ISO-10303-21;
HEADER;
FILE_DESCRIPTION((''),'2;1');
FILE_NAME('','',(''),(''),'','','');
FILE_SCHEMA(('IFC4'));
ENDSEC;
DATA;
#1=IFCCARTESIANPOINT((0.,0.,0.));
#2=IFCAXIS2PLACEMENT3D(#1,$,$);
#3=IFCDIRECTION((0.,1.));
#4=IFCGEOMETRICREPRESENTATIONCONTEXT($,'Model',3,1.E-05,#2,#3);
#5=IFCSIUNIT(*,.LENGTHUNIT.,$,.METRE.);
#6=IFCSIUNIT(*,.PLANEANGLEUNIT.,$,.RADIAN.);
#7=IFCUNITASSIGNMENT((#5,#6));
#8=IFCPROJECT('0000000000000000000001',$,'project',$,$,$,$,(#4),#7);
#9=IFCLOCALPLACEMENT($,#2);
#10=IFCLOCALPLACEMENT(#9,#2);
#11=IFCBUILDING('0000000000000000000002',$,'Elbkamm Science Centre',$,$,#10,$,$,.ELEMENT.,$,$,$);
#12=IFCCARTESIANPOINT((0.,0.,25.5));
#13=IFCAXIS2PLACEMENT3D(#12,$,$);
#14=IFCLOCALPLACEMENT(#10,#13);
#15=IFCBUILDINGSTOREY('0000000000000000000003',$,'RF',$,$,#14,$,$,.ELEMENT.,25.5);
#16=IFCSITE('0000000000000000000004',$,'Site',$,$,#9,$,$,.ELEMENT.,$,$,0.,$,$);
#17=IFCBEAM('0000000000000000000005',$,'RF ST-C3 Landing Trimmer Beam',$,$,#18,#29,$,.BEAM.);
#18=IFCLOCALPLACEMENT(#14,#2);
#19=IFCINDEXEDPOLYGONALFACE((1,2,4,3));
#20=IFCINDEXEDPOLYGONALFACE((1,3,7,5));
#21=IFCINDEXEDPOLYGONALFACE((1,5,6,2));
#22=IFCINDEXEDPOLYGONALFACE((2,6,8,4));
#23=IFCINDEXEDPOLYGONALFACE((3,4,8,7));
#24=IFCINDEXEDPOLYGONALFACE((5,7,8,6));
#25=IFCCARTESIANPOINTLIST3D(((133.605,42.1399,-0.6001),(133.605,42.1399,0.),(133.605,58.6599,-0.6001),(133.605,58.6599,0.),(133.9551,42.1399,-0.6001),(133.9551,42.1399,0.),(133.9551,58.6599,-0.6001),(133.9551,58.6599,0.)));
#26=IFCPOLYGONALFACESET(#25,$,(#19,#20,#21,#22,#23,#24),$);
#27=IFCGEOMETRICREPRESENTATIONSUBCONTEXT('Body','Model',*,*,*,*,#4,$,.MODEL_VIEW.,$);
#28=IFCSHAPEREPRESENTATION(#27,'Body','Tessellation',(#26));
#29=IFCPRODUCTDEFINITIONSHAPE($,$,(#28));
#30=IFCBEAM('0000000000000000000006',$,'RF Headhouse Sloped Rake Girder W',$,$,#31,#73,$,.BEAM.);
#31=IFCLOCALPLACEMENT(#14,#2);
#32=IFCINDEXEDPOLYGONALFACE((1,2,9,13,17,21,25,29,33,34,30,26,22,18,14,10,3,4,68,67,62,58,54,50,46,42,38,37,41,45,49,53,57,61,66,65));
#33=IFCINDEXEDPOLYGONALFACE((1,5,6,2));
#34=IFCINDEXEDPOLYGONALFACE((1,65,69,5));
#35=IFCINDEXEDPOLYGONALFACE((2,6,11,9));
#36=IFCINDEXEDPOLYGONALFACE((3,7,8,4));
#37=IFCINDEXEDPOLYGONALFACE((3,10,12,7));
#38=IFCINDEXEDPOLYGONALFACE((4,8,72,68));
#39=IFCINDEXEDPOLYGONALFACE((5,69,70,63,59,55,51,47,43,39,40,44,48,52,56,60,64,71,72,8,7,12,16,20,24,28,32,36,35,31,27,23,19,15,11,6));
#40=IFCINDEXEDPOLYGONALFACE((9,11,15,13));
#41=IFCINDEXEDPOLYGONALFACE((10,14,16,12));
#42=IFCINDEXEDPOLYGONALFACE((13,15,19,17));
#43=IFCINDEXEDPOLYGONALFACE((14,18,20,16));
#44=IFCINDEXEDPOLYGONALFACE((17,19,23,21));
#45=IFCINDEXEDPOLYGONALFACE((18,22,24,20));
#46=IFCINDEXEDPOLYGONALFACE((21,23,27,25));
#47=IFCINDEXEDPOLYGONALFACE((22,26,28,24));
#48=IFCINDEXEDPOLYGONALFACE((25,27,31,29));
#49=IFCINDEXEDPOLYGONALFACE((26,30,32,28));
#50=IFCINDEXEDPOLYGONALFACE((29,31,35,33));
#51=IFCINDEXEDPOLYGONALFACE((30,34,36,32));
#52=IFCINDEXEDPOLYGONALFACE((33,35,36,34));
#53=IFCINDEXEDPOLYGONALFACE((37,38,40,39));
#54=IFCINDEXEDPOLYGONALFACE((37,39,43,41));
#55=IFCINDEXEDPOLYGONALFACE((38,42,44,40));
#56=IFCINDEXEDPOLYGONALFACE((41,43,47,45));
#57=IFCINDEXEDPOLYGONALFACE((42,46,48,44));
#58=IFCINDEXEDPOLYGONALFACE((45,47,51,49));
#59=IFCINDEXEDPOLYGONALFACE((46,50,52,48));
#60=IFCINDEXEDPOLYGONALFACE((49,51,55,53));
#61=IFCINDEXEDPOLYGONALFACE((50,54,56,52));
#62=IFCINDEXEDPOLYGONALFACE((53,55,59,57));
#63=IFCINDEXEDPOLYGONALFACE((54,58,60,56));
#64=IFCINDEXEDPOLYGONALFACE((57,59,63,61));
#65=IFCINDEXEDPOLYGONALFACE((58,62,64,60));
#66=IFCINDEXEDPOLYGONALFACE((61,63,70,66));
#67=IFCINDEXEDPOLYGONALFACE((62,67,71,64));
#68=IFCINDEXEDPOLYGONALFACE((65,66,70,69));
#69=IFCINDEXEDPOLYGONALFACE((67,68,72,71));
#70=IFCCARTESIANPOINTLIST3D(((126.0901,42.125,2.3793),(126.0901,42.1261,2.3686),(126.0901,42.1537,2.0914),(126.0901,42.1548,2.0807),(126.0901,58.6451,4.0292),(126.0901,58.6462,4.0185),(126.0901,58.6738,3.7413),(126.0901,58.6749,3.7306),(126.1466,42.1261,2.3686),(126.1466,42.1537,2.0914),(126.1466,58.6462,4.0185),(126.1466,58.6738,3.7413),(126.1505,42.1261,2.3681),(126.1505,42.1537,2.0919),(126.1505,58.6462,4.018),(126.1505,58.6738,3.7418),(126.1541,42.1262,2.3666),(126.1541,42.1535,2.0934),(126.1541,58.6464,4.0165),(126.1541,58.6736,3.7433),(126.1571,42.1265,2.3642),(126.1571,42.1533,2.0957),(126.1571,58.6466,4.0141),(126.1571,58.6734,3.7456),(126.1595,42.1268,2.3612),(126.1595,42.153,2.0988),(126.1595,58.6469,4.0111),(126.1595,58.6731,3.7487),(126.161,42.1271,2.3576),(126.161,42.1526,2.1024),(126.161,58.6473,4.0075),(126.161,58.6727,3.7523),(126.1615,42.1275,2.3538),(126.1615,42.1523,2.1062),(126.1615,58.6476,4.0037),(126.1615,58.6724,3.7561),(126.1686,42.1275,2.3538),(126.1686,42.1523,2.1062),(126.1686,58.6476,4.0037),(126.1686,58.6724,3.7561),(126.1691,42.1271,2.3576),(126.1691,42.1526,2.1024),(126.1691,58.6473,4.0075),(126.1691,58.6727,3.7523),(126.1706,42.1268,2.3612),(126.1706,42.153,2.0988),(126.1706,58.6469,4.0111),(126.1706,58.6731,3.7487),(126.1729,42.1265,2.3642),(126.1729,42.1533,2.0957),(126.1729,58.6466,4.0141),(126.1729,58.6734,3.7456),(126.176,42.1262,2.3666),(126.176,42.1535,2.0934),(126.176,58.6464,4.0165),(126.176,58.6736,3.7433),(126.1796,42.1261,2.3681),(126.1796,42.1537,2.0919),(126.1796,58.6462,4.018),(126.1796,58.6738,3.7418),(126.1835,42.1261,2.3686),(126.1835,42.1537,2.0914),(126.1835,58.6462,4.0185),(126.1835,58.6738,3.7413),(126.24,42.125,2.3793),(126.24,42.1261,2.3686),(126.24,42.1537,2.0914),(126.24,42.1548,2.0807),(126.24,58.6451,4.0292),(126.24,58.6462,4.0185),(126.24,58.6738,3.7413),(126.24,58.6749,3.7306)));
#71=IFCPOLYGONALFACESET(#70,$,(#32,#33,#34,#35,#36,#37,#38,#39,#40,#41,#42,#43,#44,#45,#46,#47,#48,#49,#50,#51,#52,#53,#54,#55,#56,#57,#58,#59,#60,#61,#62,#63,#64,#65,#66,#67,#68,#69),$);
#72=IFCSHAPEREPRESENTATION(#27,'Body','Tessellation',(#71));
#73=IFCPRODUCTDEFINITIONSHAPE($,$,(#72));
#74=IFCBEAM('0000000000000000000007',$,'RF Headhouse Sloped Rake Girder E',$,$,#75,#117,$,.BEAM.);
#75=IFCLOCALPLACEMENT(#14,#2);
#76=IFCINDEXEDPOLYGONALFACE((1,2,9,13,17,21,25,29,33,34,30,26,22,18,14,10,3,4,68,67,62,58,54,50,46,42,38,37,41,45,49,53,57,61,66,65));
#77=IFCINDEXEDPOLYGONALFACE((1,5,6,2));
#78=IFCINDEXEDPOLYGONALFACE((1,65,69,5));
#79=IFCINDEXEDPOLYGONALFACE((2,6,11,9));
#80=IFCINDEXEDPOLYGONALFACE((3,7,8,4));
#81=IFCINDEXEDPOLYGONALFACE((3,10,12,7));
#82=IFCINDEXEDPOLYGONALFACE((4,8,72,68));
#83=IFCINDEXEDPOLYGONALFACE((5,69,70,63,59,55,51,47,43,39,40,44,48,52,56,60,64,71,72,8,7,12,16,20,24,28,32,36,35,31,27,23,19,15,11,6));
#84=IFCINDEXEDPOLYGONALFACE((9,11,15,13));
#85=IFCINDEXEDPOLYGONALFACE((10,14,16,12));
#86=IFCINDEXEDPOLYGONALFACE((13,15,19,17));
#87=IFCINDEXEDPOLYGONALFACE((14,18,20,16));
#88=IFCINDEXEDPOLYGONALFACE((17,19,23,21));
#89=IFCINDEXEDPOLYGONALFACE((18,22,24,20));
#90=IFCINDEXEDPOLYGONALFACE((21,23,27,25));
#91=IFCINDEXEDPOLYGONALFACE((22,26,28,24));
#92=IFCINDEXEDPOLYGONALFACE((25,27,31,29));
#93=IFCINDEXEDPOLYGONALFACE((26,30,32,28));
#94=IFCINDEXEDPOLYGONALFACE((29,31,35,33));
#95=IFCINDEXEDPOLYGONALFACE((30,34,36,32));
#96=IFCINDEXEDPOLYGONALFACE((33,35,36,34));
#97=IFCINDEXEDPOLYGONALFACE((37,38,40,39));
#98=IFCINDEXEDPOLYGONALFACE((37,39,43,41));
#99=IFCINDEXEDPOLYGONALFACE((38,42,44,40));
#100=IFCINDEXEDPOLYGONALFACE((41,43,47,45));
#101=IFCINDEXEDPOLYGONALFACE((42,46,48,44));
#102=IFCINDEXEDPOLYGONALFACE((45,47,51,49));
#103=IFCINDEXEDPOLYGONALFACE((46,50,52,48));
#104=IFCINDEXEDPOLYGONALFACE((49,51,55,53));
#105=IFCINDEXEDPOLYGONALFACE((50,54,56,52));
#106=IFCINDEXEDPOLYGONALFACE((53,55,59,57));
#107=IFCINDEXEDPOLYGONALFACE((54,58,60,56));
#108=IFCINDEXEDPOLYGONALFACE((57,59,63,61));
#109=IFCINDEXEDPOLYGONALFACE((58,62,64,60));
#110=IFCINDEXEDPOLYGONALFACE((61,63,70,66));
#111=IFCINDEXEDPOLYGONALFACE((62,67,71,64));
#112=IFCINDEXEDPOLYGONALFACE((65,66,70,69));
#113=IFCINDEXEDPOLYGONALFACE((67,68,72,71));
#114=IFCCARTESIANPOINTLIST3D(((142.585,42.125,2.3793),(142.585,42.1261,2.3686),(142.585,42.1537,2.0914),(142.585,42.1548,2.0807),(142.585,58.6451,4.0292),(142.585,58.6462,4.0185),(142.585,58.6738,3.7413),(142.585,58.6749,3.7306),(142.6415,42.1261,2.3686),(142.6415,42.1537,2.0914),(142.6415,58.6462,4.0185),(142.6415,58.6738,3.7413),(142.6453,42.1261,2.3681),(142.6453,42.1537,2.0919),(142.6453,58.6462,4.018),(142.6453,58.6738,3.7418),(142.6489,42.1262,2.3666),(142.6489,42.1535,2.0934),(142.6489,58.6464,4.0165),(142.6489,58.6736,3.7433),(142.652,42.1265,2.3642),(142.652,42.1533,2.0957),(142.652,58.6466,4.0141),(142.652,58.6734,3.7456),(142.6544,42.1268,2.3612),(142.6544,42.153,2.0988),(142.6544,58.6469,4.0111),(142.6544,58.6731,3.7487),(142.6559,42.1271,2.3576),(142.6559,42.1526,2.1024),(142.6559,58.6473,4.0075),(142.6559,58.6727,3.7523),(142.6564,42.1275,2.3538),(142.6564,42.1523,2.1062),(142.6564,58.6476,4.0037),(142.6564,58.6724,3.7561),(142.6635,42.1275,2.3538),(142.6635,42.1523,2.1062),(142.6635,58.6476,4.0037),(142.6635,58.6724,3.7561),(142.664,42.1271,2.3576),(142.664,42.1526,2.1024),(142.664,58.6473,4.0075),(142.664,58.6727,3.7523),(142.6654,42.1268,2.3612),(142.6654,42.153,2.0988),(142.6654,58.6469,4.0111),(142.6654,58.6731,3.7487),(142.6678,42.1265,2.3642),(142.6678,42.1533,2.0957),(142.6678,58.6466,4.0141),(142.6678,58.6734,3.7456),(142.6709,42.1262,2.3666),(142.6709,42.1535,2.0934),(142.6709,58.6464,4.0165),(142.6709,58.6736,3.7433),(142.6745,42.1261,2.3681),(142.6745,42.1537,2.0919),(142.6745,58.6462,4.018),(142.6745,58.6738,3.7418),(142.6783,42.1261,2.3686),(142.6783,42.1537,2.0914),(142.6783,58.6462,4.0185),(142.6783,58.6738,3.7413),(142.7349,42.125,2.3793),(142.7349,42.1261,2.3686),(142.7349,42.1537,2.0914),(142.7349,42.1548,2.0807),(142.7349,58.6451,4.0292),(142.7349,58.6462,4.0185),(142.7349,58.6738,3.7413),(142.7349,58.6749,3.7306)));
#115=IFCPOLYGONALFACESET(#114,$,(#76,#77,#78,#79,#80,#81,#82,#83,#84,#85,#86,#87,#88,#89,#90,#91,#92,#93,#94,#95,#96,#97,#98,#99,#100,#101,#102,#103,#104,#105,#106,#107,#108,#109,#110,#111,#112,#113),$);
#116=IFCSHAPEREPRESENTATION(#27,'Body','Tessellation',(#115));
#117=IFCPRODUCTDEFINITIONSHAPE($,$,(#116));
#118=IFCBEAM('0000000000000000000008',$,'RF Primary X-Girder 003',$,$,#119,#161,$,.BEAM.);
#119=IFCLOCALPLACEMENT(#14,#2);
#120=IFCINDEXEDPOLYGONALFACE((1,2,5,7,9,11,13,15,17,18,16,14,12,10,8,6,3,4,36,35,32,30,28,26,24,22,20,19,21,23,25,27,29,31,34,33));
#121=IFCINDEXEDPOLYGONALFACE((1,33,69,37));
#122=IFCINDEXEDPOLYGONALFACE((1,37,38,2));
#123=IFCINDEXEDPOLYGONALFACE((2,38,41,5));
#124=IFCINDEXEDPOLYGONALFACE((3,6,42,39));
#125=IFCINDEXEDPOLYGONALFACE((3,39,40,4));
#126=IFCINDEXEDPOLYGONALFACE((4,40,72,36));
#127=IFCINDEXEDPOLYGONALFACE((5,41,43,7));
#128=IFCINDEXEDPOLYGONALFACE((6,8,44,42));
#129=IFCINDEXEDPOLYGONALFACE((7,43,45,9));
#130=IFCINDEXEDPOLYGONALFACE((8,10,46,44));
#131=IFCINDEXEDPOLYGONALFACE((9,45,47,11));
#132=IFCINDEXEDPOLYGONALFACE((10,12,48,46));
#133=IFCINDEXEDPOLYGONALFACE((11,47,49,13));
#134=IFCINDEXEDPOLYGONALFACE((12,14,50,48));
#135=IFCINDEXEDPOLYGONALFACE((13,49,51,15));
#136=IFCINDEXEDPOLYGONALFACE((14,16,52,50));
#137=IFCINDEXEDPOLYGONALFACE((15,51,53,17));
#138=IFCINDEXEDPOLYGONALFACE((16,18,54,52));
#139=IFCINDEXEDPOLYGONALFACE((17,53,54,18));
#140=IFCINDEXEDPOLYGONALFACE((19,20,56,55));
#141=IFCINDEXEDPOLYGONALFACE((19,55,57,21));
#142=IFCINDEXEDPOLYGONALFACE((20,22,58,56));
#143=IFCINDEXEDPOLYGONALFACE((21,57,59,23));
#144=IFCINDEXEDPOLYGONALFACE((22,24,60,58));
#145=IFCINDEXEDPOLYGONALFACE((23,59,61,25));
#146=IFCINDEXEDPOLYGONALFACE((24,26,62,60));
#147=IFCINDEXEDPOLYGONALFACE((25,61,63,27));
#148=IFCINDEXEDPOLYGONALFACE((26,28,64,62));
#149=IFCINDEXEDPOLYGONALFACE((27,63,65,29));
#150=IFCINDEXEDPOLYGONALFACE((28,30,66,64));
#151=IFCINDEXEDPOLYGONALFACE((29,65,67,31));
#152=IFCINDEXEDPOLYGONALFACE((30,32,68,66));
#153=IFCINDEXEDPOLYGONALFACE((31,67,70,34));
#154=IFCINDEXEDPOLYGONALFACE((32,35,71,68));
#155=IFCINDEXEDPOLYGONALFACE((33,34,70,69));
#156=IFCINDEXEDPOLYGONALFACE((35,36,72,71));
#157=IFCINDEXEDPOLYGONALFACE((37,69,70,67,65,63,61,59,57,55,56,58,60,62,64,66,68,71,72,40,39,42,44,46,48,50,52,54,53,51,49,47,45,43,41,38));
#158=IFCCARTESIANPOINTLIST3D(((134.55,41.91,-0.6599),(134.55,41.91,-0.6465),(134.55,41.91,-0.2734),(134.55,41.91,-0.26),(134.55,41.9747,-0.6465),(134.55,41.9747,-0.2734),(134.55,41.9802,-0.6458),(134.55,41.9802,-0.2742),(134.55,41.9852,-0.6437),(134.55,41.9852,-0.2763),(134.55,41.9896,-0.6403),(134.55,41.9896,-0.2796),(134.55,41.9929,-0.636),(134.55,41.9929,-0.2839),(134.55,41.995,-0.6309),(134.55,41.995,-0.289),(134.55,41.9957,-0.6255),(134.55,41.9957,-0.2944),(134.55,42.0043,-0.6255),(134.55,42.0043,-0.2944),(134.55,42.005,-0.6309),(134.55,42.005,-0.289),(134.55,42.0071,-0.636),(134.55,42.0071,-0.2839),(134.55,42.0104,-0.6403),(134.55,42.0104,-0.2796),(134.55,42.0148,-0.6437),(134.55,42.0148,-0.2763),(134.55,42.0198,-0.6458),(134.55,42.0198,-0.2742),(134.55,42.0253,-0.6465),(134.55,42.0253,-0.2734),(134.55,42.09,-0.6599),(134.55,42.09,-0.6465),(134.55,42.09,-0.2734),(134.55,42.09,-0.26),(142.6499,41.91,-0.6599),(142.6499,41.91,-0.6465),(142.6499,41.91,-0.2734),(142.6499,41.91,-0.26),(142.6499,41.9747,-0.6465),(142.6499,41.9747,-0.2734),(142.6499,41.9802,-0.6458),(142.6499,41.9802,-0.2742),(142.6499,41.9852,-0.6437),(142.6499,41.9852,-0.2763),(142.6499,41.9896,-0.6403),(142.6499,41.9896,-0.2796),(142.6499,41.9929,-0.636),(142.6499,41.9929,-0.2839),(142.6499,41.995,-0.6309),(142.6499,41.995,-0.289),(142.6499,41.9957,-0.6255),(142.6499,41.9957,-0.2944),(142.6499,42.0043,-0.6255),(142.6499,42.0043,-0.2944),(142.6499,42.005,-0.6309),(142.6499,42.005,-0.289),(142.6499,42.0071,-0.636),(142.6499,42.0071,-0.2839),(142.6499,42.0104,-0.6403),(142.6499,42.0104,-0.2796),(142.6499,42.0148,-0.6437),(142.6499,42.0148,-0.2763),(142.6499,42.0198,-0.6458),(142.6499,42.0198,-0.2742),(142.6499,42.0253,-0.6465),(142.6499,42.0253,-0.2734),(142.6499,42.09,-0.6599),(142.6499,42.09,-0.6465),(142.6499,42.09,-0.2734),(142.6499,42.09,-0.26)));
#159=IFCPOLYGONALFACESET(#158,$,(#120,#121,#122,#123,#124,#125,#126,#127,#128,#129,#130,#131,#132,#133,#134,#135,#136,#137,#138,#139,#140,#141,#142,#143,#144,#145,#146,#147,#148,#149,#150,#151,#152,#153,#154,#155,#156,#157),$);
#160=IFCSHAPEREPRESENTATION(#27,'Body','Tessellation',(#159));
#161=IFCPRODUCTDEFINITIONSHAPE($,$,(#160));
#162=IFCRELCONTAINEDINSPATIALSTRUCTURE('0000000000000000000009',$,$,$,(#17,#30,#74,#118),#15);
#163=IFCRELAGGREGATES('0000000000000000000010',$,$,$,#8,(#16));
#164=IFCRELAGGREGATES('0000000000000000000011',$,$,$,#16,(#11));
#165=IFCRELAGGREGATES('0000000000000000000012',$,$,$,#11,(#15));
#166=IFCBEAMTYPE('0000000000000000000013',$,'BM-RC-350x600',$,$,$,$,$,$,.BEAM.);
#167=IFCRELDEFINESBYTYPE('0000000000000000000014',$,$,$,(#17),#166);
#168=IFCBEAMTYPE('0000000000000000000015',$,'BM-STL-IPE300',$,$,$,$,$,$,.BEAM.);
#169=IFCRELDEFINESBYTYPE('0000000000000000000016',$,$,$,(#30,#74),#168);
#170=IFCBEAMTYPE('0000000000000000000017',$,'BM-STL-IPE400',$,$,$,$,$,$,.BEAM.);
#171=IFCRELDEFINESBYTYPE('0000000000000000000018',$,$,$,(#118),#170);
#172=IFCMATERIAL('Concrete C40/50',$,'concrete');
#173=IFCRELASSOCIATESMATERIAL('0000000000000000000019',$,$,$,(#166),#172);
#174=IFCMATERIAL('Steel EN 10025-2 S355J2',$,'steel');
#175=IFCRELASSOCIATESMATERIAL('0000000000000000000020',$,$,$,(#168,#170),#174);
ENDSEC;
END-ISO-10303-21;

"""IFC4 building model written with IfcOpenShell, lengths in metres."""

from ifc_helpers import new_model, si_unit, direction, frame, origin, origin_2d, place, context, subcontext, project, spatial, rectangle, i_section, extrude, material, material_profile, profile_set, type_object, element, save


model = new_model("IFC4")

# Units and contexts
model_context = context("Model", 3, precision=1e-05, world=origin(), true_north=direction((0.0, 1.0)))
body_context = subcontext(model_context, "Body", "Model", "MODEL_VIEW")
ifc_project = project(units=[si_unit("LENGTHUNIT", "METRE"), si_unit("PLANEANGLEUNIT", "RADIAN")], contexts=[model_context])

# Site, building, storey
site_placement = place(None, origin())
site = spatial("IfcSite", under=ifc_project, at=site_placement, Name="Site", CompositionType="ELEMENT", RefElevation=0.0)
building_placement = place(site_placement, origin())
building = spatial("IfcBuilding", under=site, at=building_placement, Name="Elbkamm Science Centre", CompositionType="ELEMENT")
storey_placement = place(building_placement, frame((0.0, 0.0, 25.5)))
storey = spatial("IfcBuildingStorey", under=building, at=storey_placement, Name="RF", CompositionType="ELEMENT", Elevation=25.5)

# Beams
ifc_material_1 = material(Name="Concrete C40/50", Category="concrete")
ifc_material_profile_1 = material_profile(ifc_material_1, rectangle(XDim=0.3501, YDim=0.6001, at=origin_2d()), Name="RC 350x600")
ifc_profile_set_1 = profile_set([ifc_material_profile_1], Name="Concrete C40/50")
beam_type_1 = type_object("IfcBeamType", Name="BM-RC-350x600", PredefinedType="BEAM", material=ifc_profile_set_1)
beam_placement = place(storey_placement, frame((133.78, 42.1399, -0.3), z_axis=(0.0, 1.0, 0.0), x_axis=(-1.0, 0.0, 0.0)))
element("IfcBeam", 1, at=beam_placement, inside=storey, type_object=beam_type_1, Name="RF ST-C3 Landing Trimmer Beam", PredefinedType="BEAM", context=body_context, shape_type="SweptSolid", body=[
    extrude(rectangle(XDim=0.3501, YDim=0.6001, at=origin_2d()), origin(), (0.0, 0.0, 1.0), 16.52),
])
ifc_material_2 = material(Name="Steel EN 10025-2 S355J2", Category="steel")
ifc_material_profile_2 = material_profile(ifc_material_2, i_section(OverallWidth=0.1499, OverallDepth=0.3, WebThickness=0.0071, FlangeThickness=0.0107, FilletRadius=0.0149, at=origin_2d()), Name="IPE 300")
ifc_profile_set_2 = profile_set([ifc_material_profile_2], Name="Steel EN 10025-2 S355J2")
beam_type_2 = type_object("IfcBeamType", Name="BM-STL-IPE300", PredefinedType="BEAM", material=ifc_profile_set_2)
for number, where, z_axis, x_axis, name in (
    (2, (126.165, 42.1399, 2.23), (0.0, 0.99505, 0.099379), (-1.0, 0.0, 0.0), "RF Headhouse Sloped Rake Girder W"),
    (3, (142.6599, 42.1399, 2.23), (0.0, 0.99505, 0.099379), (-1.0, 0.0, 0.0), "RF Headhouse Sloped Rake Girder E"),
):
    element("IfcBeam", number, at=place(storey_placement, frame(where, z_axis=z_axis, x_axis=x_axis)), inside=storey, type_object=beam_type_2, Name=name, PredefinedType="BEAM", context=body_context, shape_type="SweptSolid", body=[
        extrude(i_section(OverallWidth=0.1499, OverallDepth=0.3, WebThickness=0.0071, FlangeThickness=0.0107, FilletRadius=0.0149, at=origin_2d()), origin(), (0.0, 0.0, 1.0), 16.6023),
    ])
ifc_material_profile_3 = material_profile(ifc_material_2, i_section(OverallWidth=0.1799, OverallDepth=0.3999, WebThickness=0.0085, FlangeThickness=0.0134, FilletRadius=0.021, at=origin_2d()), Name="IPE 400")
ifc_profile_set_3 = profile_set([ifc_material_profile_3], Name="Steel EN 10025-2 S355J2")
beam_type_3 = type_object("IfcBeamType", Name="BM-STL-IPE400", PredefinedType="BEAM", material=ifc_profile_set_3)
for number, where, z_axis, x_axis, name in (
    (4, (134.55, 42.0, -0.46), (1.0, 0.0, 0.0), (0.0, 1.0, 0.0), "RF Primary X-Girder 003"),
):
    element("IfcBeam", number, at=place(storey_placement, frame(where, z_axis=z_axis, x_axis=x_axis)), inside=storey, type_object=beam_type_3, Name=name, PredefinedType="BEAM", context=body_context, shape_type="SweptSolid", body=[
        extrude(i_section(OverallWidth=0.1799, OverallDepth=0.3999, WebThickness=0.0085, FlangeThickness=0.0134, FilletRadius=0.021, at=origin_2d()), origin(), (0.0, 0.0, 1.0), 8.0999),
    ])

save(model, "model.ifc")
